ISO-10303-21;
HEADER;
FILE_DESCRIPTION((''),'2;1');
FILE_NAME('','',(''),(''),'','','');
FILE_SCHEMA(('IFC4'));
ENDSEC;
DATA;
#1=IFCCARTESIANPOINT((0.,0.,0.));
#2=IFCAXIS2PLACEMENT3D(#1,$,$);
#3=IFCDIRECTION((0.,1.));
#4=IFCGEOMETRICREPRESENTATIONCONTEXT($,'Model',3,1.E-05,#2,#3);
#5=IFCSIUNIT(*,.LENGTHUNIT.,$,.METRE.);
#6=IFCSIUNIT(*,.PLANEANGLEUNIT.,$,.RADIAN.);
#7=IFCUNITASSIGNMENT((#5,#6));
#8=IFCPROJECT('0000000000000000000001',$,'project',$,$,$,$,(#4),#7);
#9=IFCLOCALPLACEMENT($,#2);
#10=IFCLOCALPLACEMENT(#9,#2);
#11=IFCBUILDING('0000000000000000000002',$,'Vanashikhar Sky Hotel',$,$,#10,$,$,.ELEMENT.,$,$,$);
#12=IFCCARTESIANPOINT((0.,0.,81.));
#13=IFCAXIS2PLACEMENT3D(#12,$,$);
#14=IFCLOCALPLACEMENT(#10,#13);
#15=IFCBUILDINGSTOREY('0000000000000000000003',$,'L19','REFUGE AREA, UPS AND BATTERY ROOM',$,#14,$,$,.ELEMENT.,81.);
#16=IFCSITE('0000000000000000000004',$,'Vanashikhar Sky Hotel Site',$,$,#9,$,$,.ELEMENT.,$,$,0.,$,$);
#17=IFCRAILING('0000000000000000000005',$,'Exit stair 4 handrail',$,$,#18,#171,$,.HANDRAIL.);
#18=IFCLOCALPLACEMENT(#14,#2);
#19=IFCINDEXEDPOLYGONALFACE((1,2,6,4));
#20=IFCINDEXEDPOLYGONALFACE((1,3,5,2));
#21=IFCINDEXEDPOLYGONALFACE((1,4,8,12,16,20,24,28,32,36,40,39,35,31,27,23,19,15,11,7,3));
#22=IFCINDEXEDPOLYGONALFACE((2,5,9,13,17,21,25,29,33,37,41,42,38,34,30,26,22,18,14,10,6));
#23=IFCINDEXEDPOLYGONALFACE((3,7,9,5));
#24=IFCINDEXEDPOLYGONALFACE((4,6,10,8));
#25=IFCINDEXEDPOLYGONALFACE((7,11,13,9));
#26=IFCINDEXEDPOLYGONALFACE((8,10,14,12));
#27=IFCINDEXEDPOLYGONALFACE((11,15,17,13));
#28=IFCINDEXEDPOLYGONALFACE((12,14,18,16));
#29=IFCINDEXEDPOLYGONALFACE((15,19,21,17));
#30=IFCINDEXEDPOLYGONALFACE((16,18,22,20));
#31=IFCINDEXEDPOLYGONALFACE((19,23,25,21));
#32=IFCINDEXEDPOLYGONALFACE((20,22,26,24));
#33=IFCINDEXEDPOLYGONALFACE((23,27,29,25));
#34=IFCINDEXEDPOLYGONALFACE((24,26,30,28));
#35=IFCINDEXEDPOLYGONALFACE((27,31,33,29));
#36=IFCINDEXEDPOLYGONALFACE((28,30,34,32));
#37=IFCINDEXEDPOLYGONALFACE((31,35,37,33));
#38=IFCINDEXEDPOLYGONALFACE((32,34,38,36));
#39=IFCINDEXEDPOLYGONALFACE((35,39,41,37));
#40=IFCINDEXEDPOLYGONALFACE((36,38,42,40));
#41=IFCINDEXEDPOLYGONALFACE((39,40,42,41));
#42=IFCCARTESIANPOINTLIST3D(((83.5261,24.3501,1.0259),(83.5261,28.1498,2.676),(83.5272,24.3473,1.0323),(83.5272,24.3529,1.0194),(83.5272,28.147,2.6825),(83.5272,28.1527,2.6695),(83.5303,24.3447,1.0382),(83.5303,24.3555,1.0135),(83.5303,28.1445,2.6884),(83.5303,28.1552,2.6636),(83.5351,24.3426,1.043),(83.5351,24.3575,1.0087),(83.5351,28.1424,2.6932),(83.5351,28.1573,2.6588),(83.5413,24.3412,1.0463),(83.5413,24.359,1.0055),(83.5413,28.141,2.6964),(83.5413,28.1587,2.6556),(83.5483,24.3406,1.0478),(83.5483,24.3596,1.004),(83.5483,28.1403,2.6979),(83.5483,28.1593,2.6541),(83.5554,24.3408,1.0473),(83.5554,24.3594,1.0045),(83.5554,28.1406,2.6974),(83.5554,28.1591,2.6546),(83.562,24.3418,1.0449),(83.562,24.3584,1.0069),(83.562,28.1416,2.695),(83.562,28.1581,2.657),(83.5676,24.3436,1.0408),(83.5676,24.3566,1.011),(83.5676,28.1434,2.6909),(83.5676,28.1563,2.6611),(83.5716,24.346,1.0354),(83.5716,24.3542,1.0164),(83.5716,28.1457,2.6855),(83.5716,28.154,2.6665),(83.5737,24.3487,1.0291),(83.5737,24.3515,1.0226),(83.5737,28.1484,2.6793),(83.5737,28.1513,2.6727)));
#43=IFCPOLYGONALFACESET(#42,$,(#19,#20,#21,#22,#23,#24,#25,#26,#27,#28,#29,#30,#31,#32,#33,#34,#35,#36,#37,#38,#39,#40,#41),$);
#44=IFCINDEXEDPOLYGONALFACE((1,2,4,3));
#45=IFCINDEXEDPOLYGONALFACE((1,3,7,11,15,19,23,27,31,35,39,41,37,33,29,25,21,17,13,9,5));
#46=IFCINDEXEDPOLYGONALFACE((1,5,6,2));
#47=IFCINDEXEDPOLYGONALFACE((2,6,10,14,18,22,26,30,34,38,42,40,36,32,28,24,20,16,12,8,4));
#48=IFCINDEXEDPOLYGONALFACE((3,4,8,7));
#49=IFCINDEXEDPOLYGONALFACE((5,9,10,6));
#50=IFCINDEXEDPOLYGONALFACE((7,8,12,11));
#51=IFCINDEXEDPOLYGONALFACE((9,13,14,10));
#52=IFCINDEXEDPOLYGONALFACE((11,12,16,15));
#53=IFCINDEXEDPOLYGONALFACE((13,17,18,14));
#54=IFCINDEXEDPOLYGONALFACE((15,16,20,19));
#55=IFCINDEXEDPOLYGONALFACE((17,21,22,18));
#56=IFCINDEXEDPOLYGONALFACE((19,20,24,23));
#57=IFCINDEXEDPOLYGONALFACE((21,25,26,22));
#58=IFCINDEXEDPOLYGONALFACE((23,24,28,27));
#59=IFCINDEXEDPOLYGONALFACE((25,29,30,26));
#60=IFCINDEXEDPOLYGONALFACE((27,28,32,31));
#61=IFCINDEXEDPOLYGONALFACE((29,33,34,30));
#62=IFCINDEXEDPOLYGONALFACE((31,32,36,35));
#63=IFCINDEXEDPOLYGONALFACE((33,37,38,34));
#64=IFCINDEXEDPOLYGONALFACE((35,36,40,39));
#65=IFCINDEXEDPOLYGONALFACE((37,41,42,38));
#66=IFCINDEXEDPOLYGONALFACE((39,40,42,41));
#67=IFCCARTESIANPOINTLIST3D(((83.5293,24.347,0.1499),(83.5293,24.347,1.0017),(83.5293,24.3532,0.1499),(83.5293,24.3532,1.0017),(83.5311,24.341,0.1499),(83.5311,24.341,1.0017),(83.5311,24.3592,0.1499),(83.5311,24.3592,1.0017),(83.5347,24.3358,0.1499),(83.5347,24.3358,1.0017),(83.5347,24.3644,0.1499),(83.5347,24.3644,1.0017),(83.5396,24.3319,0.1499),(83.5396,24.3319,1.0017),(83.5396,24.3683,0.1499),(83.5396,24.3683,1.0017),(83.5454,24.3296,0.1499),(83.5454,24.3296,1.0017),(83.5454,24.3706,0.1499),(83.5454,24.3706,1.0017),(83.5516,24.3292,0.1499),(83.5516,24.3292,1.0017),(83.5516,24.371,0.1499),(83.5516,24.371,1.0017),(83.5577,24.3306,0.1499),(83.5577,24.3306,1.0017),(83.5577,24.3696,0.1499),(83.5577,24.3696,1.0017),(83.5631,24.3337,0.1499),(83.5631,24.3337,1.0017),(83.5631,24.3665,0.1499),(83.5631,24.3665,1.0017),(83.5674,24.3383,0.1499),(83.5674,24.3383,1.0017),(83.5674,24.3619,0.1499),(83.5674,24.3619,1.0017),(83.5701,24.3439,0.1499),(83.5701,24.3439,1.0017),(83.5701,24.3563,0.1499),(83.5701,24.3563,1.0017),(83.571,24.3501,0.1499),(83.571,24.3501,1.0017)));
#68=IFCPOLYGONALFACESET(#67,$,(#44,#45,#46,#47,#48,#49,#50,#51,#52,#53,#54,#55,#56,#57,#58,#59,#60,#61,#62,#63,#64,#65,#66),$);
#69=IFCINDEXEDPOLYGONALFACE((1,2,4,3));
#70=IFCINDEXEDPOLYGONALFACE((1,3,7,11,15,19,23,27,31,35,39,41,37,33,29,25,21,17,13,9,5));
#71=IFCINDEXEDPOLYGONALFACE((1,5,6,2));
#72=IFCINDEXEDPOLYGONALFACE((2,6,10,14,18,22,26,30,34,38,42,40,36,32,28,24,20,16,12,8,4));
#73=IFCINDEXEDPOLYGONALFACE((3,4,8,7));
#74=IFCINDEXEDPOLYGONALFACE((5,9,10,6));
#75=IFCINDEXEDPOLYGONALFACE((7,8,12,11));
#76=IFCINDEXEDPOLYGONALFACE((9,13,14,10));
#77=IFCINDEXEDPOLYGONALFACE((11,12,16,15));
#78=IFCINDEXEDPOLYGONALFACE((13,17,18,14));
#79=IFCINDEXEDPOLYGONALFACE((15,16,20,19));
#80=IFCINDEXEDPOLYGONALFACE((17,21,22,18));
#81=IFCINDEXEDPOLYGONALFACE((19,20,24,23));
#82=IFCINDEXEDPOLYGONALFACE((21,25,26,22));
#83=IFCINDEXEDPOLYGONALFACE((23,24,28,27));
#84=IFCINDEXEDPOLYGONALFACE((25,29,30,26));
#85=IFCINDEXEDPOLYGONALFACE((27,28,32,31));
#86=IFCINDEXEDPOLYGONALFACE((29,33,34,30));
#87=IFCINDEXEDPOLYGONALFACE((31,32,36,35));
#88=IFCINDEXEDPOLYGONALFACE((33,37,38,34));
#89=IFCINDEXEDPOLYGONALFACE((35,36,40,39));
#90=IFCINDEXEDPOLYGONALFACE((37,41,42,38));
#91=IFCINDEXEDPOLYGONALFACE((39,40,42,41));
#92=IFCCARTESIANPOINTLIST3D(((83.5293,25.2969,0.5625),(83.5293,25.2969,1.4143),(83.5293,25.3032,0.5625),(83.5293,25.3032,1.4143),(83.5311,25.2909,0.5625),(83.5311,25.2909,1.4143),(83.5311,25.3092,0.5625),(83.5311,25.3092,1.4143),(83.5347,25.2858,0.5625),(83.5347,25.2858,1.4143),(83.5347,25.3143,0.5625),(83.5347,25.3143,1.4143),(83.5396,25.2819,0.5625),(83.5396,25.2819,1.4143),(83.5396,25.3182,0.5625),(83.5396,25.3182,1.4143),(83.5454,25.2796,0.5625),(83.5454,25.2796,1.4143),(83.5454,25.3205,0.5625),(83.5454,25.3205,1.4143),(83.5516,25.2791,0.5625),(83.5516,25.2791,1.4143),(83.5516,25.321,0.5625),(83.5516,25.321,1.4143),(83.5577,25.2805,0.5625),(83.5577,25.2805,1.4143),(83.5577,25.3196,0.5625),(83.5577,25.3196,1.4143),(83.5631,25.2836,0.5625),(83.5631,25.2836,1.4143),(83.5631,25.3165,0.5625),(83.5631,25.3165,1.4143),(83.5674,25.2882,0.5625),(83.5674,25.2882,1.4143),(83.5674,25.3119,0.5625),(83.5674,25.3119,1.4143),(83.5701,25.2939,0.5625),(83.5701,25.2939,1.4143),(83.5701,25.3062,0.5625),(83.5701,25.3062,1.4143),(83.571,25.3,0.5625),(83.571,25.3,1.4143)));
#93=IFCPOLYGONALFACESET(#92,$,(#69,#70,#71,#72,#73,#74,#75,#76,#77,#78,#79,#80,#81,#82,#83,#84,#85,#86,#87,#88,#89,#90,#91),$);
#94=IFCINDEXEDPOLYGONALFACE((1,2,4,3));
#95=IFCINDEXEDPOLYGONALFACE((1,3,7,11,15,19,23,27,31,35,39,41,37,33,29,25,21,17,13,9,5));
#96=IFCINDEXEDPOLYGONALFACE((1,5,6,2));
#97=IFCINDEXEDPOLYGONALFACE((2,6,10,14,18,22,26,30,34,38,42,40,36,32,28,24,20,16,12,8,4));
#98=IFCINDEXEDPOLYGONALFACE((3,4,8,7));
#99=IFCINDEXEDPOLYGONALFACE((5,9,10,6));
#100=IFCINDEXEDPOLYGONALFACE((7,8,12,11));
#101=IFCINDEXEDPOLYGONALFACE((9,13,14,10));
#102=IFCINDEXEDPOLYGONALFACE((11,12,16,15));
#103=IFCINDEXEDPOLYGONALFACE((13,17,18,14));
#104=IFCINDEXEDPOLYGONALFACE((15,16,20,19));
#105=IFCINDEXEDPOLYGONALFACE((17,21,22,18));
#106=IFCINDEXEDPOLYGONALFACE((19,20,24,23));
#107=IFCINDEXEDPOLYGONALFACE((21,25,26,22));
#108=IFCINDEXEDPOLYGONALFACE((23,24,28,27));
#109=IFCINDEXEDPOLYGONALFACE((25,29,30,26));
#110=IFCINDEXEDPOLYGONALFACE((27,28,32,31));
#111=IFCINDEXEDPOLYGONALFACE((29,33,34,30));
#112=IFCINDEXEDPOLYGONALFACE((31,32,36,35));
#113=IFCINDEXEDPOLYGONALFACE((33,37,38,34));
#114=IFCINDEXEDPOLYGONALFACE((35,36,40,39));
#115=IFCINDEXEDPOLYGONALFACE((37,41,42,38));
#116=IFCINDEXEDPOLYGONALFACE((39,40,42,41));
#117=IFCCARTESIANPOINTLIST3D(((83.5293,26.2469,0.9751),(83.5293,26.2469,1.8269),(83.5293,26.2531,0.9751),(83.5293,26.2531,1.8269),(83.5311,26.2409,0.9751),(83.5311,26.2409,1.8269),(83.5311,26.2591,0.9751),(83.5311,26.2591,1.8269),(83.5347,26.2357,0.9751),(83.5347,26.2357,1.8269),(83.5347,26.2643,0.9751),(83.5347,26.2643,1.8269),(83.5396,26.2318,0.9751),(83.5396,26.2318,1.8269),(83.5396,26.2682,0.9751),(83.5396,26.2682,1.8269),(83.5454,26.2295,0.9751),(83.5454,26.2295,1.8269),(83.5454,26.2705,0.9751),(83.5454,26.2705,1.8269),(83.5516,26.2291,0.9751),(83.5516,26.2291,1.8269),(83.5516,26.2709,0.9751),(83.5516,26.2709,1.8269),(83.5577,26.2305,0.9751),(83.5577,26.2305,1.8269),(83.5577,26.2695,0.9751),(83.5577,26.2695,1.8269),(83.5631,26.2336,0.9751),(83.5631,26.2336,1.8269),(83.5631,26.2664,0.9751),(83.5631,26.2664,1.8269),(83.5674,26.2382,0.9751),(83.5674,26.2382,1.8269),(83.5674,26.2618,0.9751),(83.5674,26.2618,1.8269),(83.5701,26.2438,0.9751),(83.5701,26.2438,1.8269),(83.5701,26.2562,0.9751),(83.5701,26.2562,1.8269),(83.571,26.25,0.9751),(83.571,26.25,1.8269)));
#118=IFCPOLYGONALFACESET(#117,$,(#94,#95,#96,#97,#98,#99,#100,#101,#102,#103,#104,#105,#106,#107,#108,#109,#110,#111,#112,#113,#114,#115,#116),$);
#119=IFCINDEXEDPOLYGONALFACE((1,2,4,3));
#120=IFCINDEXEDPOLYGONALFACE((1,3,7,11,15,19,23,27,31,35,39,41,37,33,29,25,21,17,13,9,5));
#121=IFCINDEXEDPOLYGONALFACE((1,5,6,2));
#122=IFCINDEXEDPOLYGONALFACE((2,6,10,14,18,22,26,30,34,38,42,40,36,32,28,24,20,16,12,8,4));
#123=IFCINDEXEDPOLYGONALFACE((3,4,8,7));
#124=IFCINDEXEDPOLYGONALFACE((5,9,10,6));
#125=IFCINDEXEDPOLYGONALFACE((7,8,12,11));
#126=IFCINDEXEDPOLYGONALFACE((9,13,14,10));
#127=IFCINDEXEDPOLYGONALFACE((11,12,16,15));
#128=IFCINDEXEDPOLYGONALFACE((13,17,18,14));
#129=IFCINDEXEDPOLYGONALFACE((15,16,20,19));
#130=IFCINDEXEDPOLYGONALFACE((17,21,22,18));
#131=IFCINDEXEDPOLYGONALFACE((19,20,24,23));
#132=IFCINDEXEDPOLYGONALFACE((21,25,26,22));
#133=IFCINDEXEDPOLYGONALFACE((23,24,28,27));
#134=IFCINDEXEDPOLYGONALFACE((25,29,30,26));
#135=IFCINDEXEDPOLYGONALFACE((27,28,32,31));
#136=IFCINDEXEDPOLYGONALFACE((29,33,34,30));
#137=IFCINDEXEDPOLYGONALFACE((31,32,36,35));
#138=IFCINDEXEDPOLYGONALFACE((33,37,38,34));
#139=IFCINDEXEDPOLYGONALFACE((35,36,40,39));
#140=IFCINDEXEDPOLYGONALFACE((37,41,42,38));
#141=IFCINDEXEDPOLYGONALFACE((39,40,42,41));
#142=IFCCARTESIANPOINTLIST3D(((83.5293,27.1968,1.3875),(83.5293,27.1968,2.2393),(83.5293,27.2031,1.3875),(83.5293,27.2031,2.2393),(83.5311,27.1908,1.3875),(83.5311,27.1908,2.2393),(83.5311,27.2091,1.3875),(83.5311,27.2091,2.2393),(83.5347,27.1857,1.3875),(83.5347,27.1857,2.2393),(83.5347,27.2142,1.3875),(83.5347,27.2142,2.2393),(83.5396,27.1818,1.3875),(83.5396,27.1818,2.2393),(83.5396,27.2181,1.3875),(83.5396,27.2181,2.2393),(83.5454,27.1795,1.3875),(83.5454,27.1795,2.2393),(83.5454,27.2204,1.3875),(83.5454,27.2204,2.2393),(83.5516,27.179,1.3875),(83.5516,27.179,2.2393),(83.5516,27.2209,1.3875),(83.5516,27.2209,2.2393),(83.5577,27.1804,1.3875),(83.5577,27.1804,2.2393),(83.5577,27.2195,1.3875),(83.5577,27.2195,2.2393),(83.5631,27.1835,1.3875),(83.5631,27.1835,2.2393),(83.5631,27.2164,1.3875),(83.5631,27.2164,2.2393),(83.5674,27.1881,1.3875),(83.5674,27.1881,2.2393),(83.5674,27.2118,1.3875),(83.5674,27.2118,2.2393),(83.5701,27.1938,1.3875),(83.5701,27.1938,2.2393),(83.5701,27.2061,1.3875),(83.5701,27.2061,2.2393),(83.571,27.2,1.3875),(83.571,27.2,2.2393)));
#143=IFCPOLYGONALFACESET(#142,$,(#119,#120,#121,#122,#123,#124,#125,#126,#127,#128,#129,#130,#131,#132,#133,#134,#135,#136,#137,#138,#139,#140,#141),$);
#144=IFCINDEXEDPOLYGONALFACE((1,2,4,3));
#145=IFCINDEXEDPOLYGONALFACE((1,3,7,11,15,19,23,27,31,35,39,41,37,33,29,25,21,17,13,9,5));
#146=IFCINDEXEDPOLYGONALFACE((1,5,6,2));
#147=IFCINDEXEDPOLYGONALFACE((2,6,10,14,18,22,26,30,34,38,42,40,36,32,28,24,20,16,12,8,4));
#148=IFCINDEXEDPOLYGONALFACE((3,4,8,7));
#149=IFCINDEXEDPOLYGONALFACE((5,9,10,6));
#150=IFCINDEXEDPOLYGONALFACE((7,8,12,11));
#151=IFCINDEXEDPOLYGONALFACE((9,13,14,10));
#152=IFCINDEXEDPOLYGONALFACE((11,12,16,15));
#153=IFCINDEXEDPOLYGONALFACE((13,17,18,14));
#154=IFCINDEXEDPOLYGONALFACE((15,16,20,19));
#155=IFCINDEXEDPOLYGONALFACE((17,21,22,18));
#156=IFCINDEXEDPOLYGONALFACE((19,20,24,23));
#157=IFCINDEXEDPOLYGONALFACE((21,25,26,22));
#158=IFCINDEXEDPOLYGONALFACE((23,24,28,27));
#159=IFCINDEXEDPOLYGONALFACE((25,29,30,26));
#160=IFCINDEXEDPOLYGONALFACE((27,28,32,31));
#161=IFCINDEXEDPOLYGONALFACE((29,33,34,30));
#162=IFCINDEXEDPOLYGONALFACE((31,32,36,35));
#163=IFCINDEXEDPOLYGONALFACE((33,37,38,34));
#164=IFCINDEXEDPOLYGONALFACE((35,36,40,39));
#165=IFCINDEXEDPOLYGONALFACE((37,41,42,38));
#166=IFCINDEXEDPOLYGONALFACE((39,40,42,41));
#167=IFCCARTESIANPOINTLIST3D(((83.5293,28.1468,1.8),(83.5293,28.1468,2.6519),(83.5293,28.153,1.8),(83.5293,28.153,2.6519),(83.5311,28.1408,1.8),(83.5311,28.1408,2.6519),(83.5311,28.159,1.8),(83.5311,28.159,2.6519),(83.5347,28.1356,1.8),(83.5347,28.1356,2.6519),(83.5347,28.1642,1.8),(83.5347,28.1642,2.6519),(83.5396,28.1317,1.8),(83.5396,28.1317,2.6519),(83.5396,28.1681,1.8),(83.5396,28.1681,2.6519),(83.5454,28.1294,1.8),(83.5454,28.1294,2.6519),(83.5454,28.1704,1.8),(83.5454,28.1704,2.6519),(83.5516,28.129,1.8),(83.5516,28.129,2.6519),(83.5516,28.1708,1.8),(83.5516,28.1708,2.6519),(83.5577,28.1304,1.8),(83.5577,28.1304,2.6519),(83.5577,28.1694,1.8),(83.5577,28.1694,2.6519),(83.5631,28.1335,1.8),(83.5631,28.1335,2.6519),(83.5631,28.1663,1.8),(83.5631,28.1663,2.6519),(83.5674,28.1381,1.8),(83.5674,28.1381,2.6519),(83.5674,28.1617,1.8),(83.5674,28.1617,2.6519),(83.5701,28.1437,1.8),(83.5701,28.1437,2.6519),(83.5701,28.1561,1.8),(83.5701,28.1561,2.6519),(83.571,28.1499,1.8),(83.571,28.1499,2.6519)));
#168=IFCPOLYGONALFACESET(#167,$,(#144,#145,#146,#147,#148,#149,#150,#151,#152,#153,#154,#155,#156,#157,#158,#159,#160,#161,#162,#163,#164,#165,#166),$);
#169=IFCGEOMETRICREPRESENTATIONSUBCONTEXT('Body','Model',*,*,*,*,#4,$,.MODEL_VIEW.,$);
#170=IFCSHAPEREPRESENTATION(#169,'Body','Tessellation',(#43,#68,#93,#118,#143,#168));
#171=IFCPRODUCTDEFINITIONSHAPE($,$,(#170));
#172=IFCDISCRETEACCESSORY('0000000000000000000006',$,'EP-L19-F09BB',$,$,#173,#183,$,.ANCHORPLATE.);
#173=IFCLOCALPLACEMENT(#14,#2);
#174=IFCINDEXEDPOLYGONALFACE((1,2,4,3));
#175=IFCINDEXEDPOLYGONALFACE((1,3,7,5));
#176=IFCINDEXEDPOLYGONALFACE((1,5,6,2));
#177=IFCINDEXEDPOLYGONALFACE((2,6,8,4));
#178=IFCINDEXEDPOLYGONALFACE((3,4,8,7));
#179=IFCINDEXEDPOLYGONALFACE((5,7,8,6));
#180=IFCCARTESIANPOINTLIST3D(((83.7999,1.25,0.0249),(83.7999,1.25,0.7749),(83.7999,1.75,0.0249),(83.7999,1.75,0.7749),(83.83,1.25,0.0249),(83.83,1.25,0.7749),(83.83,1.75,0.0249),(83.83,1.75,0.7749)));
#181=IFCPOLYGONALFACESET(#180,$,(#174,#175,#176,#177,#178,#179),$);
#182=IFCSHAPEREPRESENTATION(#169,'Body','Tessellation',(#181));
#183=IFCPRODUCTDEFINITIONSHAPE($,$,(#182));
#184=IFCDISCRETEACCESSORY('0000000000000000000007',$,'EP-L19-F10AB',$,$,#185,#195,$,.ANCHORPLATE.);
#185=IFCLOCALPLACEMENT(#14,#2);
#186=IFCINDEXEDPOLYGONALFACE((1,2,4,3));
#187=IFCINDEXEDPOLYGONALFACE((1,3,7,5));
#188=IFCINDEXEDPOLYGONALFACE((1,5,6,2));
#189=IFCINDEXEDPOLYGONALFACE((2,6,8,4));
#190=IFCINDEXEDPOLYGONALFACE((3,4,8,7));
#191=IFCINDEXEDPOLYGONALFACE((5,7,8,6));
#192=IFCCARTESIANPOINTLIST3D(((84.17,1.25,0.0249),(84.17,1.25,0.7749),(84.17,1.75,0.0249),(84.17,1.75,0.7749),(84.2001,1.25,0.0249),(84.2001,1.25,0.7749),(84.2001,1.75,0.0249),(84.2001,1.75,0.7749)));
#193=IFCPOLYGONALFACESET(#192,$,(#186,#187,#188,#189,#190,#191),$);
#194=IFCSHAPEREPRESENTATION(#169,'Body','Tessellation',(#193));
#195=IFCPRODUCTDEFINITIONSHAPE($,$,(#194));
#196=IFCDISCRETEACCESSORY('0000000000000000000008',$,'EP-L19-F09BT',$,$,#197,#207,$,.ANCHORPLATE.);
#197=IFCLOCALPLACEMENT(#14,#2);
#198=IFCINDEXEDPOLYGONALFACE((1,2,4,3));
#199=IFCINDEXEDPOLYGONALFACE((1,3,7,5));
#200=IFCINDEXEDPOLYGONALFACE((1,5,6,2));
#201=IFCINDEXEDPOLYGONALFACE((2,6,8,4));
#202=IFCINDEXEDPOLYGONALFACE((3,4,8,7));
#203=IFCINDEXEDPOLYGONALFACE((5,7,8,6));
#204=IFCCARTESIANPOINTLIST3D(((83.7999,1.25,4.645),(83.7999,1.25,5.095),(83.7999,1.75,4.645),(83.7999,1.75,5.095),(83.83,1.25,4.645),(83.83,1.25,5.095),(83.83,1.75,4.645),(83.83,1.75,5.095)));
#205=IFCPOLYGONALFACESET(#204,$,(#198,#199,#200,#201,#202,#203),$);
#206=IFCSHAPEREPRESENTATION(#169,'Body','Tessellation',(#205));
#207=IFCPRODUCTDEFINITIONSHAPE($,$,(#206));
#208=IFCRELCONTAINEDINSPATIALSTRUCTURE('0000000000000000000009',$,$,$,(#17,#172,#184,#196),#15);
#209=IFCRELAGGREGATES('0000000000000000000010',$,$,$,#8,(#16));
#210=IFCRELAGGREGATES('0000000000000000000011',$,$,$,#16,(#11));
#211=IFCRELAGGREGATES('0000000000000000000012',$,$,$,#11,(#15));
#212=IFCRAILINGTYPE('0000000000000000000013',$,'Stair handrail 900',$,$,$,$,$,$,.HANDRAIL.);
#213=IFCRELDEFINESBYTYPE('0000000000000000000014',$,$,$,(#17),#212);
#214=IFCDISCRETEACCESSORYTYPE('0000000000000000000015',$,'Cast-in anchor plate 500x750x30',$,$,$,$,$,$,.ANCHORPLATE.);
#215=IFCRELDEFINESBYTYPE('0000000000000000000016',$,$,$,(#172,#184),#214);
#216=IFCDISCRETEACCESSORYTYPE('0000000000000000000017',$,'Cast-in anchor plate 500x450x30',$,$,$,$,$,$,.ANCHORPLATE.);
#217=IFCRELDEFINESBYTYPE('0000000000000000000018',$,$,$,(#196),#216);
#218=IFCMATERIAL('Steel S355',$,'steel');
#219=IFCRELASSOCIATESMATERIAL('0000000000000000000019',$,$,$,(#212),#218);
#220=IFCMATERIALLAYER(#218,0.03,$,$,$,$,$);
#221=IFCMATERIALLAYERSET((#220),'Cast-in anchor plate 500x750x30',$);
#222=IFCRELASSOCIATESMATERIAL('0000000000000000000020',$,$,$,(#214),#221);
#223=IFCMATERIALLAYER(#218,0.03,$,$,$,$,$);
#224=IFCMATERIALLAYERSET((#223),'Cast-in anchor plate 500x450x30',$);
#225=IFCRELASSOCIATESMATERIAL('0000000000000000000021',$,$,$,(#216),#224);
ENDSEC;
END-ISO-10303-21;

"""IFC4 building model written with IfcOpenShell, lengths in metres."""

from ifc_helpers import new_model, si_unit, direction, frame, origin, origin_2d, place, context, subcontext, project, spatial, rectangle, circle, extrude, source, transform, mapped, material, layer, layer_set, type_object, element, save


model = new_model("IFC4")

# Units and contexts
model_context = context("Model", 3, precision=1e-05, world=origin(), true_north=direction((0.0, 1.0)))
body_context = subcontext(model_context, "Body", "Model", "MODEL_VIEW")
ifc_project = project(units=[si_unit("LENGTHUNIT", "METRE"), si_unit("PLANEANGLEUNIT", "RADIAN")], contexts=[model_context])

# Site, building, storey
site_placement = place(None, origin())
site = spatial("IfcSite", under=ifc_project, at=site_placement, Name="Vanashikhar Sky Hotel Site", CompositionType="ELEMENT", RefElevation=0.0)
building_placement = place(site_placement, origin())
building = spatial("IfcBuilding", under=site, at=building_placement, Name="Vanashikhar Sky Hotel", CompositionType="ELEMENT")
storey_placement = place(building_placement, frame((0.0, 0.0, 81.0)))
storey = spatial("IfcBuildingStorey", under=building, at=storey_placement, Name="L19", Description="REFUGE AREA, UPS AND BATTERY ROOM", CompositionType="ELEMENT", Elevation=81.0)

# Shared definitions
ifc_material_1 = material(Name="Steel S355", Category="steel")

# Railing
railing_type_1 = type_object("IfcRailingType", Name="Stair handrail 900", PredefinedType="HANDRAIL", material=ifc_material_1)
shared_shape_1 = source(origin(), body_context, "Body", "SweptSolid", [
    extrude(circle(Radius=0.0239, at=origin_2d()), frame((0.0, 0.0, 0.876), z_axis=(0.0, 0.917241, 0.398332), x_axis=(-1.0, 0.0, 0.0)), (0.0, 0.0, 1.0), 4.1426),
    extrude(circle(Radius=0.021, at=origin_2d()), origin(), (0.0, 0.0, 1.0), 0.8518),
    extrude(circle(Radius=0.021, at=origin_2d()), frame((0.0, 0.95, 0.4126)), (0.0, 0.0, 1.0), 0.8518),
    extrude(circle(Radius=0.021, at=origin_2d()), frame((0.0, 1.8999, 0.8252)), (0.0, 0.0, 1.0), 0.8518),
    extrude(circle(Radius=0.021, at=origin_2d()), frame((0.0, 2.8499, 1.2375)), (0.0, 0.0, 1.0), 0.8518),
    extrude(circle(Radius=0.021, at=origin_2d()), frame((0.0, 3.7998, 1.6501)), (0.0, 0.0, 1.0), 0.8518),
])
railing_1_placement = place(storey_placement, frame((83.55, 24.3501, 0.1499)))
element("IfcRailing", 1, at=railing_1_placement, inside=storey, type_object=railing_type_1, Name="Exit stair 4 handrail", PredefinedType="HANDRAIL", context=body_context, shape_type="MappedRepresentation", body=[
    mapped(shared_shape_1, transform((0.0, 0.0, 0.0), scale=1.0)),
])

# Discrete accessories
ifc_layer_1 = layer(ifc_material_1, 0.03)
ifc_layer_set_1 = layer_set([ifc_layer_1], Name="Cast-in anchor plate 500x750x30")
discrete_accessory_type_1 = type_object("IfcDiscreteAccessoryType", Name="Cast-in anchor plate 500x750x30", PredefinedType="ANCHORPLATE", material=ifc_layer_set_1)
shared_shape_2 = source(origin(), body_context, "Body", "SweptSolid", [
    extrude(rectangle(XDim=0.03, YDim=0.5, at=origin_2d()), origin(), (0.0, 0.0, 1.0), 0.75),
])
for number, where, z_axis, x_axis, name in (
    (2, (83.8149, 1.5, 0.0249), (0.0, 0.0, 1.0), (1.0, 0.0, 0.0), "EP-L19-F09BB"),
    (3, (84.1851, 1.5, 0.0249), (0.0, 0.0, 1.0), (1.0, 0.0, 0.0), "EP-L19-F10AB"),
):
    element("IfcDiscreteAccessory", number, at=place(storey_placement, frame(where, z_axis=z_axis, x_axis=x_axis)), inside=storey, type_object=discrete_accessory_type_1, Name=name, PredefinedType="ANCHORPLATE", context=body_context, shape_type="MappedRepresentation", body=[
        mapped(shared_shape_2, transform((0.0, 0.0, 0.0), scale=1.0)),
    ])
ifc_layer_2 = layer(ifc_material_1, 0.03)
ifc_layer_set_2 = layer_set([ifc_layer_2], Name="Cast-in anchor plate 500x450x30")
discrete_accessory_type_2 = type_object("IfcDiscreteAccessoryType", Name="Cast-in anchor plate 500x450x30", PredefinedType="ANCHORPLATE", material=ifc_layer_set_2)
shared_shape_3 = source(origin(), body_context, "Body", "SweptSolid", [
    extrude(rectangle(XDim=0.03, YDim=0.5, at=origin_2d()), origin(), (0.0, 0.0, 1.0), 0.45),
])
discrete_accessory_placement = place(storey_placement, frame((83.8149, 1.5, 4.645), z_axis=(0.0, 0.0, 1.0), x_axis=(1.0, 0.0, 0.0)))
element("IfcDiscreteAccessory", 4, at=discrete_accessory_placement, inside=storey, type_object=discrete_accessory_type_2, Name="EP-L19-F09BT", PredefinedType="ANCHORPLATE", context=body_context, shape_type="MappedRepresentation", body=[
    mapped(shared_shape_3, transform((0.0, 0.0, 0.0), scale=1.0)),
])

save(model, "model.ifc")
